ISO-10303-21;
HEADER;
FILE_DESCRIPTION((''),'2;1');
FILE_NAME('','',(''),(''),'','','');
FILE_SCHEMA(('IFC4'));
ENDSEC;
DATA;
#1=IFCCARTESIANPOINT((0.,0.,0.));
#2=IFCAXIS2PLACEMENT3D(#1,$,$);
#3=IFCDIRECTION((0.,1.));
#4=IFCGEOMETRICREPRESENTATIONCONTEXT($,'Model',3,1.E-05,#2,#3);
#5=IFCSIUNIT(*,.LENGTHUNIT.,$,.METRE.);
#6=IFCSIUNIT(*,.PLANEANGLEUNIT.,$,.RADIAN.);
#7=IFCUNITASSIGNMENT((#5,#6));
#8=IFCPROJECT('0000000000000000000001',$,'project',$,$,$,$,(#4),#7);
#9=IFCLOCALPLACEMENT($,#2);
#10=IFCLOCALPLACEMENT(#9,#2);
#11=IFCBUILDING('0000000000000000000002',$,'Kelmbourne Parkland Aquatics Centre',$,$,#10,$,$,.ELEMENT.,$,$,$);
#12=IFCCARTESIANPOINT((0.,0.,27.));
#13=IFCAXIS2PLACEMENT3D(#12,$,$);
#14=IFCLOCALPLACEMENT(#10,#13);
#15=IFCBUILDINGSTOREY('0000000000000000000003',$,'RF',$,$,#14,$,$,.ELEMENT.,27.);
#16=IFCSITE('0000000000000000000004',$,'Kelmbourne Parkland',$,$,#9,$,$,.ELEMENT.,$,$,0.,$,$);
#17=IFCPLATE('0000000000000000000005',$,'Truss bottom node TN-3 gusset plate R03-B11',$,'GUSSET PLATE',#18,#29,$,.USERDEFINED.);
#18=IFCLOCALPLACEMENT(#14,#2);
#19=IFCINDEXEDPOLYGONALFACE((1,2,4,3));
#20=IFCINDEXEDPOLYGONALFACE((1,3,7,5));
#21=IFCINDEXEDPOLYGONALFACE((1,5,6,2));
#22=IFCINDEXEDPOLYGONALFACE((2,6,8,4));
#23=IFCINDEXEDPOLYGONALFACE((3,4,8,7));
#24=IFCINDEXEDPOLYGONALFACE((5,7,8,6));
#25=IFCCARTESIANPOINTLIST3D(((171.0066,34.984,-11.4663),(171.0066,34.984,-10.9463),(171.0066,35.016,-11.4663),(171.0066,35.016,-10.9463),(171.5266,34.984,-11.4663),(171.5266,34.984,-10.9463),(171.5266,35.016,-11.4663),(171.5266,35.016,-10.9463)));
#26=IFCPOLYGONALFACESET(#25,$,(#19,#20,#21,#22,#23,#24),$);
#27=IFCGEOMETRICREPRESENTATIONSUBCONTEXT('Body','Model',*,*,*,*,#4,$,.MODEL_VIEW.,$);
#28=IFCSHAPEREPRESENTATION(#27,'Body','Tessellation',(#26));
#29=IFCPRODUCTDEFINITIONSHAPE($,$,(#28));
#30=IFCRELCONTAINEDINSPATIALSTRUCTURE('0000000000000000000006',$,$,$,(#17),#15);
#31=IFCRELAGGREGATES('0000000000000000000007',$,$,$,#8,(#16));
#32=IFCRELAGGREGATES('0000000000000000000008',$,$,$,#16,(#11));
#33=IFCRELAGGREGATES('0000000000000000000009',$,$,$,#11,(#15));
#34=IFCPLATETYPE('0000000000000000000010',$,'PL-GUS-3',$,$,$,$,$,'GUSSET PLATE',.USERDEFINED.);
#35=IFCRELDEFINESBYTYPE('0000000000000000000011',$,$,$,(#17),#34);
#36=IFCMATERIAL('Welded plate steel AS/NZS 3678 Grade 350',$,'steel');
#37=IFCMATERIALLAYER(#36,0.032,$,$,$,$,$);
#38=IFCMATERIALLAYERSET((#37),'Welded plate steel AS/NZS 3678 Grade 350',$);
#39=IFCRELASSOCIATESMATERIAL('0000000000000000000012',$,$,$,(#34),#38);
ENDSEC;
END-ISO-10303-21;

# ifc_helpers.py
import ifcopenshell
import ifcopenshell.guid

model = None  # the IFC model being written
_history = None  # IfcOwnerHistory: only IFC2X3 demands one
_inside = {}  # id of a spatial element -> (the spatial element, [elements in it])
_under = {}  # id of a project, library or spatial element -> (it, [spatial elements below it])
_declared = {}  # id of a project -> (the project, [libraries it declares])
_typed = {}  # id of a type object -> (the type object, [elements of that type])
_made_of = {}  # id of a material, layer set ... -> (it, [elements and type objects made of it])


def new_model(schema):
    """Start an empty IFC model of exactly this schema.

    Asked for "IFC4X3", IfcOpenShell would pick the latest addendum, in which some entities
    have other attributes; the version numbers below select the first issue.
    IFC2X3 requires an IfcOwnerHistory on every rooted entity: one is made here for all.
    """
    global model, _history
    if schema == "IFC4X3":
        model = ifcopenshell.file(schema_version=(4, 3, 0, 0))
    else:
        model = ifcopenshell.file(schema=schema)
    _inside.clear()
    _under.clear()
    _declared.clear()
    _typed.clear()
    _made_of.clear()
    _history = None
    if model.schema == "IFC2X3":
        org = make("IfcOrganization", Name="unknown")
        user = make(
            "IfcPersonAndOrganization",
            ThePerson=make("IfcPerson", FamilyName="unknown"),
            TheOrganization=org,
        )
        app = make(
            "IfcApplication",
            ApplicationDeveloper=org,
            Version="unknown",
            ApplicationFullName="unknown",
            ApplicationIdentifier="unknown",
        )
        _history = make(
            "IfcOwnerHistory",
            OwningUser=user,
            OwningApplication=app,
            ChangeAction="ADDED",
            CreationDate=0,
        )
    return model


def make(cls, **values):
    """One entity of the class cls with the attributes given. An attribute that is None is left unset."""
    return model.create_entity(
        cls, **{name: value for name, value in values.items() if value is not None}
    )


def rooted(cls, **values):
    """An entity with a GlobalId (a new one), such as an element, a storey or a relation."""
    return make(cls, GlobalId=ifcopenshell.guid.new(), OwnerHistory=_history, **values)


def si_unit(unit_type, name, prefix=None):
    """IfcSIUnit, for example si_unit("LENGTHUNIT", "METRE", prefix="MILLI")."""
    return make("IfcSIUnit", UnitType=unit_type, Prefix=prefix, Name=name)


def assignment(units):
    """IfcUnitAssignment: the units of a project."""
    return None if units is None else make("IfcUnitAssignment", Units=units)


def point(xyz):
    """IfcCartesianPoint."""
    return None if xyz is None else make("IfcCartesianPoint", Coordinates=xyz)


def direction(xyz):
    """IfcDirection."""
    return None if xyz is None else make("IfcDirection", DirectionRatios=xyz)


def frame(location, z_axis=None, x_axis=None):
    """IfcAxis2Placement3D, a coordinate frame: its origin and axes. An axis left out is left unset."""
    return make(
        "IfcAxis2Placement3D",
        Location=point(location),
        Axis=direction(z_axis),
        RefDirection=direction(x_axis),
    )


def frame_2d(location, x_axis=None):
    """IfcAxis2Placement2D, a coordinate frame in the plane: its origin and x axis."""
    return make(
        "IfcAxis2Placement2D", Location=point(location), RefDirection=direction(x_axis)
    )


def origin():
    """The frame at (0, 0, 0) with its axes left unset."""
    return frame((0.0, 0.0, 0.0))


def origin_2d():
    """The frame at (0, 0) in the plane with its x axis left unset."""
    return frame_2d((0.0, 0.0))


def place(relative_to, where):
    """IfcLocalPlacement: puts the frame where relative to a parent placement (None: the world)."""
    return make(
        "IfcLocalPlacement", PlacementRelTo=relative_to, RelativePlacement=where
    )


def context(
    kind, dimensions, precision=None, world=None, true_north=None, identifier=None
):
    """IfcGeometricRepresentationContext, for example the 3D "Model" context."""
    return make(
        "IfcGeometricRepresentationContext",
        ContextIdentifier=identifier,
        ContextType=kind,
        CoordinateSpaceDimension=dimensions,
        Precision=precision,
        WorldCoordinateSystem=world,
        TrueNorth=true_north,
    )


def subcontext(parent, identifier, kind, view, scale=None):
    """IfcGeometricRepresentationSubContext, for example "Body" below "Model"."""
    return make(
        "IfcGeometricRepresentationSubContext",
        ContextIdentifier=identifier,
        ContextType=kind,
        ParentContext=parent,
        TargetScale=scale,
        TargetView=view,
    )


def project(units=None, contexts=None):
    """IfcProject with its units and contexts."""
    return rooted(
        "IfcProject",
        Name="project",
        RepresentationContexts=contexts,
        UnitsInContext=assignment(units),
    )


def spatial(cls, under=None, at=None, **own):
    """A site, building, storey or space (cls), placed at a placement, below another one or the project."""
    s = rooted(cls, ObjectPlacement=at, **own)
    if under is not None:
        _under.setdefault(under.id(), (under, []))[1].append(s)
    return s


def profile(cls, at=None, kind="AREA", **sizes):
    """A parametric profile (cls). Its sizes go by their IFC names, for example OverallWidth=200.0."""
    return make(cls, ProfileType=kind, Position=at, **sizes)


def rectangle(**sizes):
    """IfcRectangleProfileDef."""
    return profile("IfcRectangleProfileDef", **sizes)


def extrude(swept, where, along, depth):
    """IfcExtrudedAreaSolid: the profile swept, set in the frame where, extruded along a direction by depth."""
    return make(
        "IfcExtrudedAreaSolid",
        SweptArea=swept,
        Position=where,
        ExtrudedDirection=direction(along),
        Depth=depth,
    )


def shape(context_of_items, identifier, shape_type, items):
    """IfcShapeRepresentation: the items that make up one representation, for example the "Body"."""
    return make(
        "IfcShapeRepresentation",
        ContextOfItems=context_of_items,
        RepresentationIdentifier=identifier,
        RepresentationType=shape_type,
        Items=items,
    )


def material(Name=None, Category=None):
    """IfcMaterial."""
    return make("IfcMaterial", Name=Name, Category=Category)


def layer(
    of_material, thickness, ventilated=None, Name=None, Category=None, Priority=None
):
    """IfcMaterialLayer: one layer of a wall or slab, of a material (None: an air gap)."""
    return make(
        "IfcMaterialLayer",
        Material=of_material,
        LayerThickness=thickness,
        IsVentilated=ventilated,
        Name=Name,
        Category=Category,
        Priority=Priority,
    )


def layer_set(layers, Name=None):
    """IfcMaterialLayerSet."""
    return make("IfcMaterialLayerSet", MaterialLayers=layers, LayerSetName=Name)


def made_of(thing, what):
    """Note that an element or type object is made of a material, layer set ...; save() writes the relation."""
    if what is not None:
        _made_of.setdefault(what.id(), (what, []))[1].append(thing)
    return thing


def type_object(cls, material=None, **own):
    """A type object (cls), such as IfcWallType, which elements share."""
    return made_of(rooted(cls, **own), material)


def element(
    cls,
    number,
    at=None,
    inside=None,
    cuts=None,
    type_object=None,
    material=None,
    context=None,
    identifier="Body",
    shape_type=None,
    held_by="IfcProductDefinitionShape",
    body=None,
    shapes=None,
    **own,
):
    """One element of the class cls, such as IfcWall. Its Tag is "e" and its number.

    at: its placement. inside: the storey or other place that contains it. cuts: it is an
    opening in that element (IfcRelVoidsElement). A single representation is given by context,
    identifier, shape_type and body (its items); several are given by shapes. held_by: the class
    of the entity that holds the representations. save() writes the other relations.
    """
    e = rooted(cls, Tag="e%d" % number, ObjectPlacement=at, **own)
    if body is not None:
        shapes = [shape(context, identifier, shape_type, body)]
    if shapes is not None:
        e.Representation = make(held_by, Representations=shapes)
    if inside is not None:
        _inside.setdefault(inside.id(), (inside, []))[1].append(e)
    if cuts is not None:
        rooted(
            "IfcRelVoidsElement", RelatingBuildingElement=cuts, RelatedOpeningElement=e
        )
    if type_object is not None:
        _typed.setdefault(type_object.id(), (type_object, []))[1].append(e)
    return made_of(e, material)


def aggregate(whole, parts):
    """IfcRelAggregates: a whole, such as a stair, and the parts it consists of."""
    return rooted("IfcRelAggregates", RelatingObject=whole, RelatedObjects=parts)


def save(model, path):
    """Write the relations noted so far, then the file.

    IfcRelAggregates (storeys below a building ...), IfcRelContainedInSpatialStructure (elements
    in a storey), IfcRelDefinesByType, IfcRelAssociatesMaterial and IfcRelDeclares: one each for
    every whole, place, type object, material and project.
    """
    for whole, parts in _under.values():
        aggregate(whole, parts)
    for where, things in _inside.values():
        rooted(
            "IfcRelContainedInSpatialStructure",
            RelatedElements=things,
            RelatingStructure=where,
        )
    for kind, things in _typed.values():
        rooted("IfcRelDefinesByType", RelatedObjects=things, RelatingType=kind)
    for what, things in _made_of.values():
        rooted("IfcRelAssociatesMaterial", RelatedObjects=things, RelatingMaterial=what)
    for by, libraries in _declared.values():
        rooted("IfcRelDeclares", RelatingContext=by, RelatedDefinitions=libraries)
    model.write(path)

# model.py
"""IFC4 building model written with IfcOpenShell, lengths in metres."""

from ifc_helpers import new_model, si_unit, direction, frame, origin, origin_2d, place, context, subcontext, project, spatial, rectangle, extrude, material, layer, layer_set, type_object, element, save


model = new_model("IFC4")

# Units and contexts
model_context = context("Model", 3, precision=1e-05, world=origin(), true_north=direction((0.0, 1.0)))
body_context = subcontext(model_context, "Body", "Model", "MODEL_VIEW")
ifc_project = project(units=[si_unit("LENGTHUNIT", "METRE"), si_unit("PLANEANGLEUNIT", "RADIAN")], contexts=[model_context])

# Site, building, storey
site_placement = place(None, origin())
site = spatial("IfcSite", under=ifc_project, at=site_placement, Name="Kelmbourne Parkland", CompositionType="ELEMENT", RefElevation=0.0)
building_placement = place(site_placement, origin())
building = spatial("IfcBuilding", under=site, at=building_placement, Name="Kelmbourne Parkland Aquatics Centre", CompositionType="ELEMENT")
storey_placement = place(building_placement, frame((0.0, 0.0, 27.0)))
storey = spatial("IfcBuildingStorey", under=building, at=storey_placement, Name="RF", CompositionType="ELEMENT", Elevation=27.0)

# Shared definitions
ifc_material_1 = material(Name="Welded plate steel AS/NZS 3678 Grade 350", Category="steel")

# Plate
ifc_layer_1 = layer(ifc_material_1, 0.032)
ifc_layer_set_1 = layer_set([ifc_layer_1], Name="Welded plate steel AS/NZS 3678 Grade 350")
plate_type_1 = type_object("IfcPlateType", Name="PL-GUS-3", ElementType="GUSSET PLATE", PredefinedType="USERDEFINED", material=ifc_layer_set_1)
plate_1_placement = place(storey_placement, frame((171.2666, 35.0, -11.4663), z_axis=(0.0, 0.0, 1.0), x_axis=(1.0, 0.0, 0.0)))
element("IfcPlate", 1, at=plate_1_placement, inside=storey, type_object=plate_type_1, Name="Truss bottom node TN-3 gusset plate R03-B11", ObjectType="GUSSET PLATE", PredefinedType="USERDEFINED", context=body_context, shape_type="SweptSolid", body=[
    extrude(rectangle(XDim=0.52, YDim=0.032, at=origin_2d()), origin(), (0.0, 0.0, 1.0), 0.52),
])

save(model, "model.ifc")
